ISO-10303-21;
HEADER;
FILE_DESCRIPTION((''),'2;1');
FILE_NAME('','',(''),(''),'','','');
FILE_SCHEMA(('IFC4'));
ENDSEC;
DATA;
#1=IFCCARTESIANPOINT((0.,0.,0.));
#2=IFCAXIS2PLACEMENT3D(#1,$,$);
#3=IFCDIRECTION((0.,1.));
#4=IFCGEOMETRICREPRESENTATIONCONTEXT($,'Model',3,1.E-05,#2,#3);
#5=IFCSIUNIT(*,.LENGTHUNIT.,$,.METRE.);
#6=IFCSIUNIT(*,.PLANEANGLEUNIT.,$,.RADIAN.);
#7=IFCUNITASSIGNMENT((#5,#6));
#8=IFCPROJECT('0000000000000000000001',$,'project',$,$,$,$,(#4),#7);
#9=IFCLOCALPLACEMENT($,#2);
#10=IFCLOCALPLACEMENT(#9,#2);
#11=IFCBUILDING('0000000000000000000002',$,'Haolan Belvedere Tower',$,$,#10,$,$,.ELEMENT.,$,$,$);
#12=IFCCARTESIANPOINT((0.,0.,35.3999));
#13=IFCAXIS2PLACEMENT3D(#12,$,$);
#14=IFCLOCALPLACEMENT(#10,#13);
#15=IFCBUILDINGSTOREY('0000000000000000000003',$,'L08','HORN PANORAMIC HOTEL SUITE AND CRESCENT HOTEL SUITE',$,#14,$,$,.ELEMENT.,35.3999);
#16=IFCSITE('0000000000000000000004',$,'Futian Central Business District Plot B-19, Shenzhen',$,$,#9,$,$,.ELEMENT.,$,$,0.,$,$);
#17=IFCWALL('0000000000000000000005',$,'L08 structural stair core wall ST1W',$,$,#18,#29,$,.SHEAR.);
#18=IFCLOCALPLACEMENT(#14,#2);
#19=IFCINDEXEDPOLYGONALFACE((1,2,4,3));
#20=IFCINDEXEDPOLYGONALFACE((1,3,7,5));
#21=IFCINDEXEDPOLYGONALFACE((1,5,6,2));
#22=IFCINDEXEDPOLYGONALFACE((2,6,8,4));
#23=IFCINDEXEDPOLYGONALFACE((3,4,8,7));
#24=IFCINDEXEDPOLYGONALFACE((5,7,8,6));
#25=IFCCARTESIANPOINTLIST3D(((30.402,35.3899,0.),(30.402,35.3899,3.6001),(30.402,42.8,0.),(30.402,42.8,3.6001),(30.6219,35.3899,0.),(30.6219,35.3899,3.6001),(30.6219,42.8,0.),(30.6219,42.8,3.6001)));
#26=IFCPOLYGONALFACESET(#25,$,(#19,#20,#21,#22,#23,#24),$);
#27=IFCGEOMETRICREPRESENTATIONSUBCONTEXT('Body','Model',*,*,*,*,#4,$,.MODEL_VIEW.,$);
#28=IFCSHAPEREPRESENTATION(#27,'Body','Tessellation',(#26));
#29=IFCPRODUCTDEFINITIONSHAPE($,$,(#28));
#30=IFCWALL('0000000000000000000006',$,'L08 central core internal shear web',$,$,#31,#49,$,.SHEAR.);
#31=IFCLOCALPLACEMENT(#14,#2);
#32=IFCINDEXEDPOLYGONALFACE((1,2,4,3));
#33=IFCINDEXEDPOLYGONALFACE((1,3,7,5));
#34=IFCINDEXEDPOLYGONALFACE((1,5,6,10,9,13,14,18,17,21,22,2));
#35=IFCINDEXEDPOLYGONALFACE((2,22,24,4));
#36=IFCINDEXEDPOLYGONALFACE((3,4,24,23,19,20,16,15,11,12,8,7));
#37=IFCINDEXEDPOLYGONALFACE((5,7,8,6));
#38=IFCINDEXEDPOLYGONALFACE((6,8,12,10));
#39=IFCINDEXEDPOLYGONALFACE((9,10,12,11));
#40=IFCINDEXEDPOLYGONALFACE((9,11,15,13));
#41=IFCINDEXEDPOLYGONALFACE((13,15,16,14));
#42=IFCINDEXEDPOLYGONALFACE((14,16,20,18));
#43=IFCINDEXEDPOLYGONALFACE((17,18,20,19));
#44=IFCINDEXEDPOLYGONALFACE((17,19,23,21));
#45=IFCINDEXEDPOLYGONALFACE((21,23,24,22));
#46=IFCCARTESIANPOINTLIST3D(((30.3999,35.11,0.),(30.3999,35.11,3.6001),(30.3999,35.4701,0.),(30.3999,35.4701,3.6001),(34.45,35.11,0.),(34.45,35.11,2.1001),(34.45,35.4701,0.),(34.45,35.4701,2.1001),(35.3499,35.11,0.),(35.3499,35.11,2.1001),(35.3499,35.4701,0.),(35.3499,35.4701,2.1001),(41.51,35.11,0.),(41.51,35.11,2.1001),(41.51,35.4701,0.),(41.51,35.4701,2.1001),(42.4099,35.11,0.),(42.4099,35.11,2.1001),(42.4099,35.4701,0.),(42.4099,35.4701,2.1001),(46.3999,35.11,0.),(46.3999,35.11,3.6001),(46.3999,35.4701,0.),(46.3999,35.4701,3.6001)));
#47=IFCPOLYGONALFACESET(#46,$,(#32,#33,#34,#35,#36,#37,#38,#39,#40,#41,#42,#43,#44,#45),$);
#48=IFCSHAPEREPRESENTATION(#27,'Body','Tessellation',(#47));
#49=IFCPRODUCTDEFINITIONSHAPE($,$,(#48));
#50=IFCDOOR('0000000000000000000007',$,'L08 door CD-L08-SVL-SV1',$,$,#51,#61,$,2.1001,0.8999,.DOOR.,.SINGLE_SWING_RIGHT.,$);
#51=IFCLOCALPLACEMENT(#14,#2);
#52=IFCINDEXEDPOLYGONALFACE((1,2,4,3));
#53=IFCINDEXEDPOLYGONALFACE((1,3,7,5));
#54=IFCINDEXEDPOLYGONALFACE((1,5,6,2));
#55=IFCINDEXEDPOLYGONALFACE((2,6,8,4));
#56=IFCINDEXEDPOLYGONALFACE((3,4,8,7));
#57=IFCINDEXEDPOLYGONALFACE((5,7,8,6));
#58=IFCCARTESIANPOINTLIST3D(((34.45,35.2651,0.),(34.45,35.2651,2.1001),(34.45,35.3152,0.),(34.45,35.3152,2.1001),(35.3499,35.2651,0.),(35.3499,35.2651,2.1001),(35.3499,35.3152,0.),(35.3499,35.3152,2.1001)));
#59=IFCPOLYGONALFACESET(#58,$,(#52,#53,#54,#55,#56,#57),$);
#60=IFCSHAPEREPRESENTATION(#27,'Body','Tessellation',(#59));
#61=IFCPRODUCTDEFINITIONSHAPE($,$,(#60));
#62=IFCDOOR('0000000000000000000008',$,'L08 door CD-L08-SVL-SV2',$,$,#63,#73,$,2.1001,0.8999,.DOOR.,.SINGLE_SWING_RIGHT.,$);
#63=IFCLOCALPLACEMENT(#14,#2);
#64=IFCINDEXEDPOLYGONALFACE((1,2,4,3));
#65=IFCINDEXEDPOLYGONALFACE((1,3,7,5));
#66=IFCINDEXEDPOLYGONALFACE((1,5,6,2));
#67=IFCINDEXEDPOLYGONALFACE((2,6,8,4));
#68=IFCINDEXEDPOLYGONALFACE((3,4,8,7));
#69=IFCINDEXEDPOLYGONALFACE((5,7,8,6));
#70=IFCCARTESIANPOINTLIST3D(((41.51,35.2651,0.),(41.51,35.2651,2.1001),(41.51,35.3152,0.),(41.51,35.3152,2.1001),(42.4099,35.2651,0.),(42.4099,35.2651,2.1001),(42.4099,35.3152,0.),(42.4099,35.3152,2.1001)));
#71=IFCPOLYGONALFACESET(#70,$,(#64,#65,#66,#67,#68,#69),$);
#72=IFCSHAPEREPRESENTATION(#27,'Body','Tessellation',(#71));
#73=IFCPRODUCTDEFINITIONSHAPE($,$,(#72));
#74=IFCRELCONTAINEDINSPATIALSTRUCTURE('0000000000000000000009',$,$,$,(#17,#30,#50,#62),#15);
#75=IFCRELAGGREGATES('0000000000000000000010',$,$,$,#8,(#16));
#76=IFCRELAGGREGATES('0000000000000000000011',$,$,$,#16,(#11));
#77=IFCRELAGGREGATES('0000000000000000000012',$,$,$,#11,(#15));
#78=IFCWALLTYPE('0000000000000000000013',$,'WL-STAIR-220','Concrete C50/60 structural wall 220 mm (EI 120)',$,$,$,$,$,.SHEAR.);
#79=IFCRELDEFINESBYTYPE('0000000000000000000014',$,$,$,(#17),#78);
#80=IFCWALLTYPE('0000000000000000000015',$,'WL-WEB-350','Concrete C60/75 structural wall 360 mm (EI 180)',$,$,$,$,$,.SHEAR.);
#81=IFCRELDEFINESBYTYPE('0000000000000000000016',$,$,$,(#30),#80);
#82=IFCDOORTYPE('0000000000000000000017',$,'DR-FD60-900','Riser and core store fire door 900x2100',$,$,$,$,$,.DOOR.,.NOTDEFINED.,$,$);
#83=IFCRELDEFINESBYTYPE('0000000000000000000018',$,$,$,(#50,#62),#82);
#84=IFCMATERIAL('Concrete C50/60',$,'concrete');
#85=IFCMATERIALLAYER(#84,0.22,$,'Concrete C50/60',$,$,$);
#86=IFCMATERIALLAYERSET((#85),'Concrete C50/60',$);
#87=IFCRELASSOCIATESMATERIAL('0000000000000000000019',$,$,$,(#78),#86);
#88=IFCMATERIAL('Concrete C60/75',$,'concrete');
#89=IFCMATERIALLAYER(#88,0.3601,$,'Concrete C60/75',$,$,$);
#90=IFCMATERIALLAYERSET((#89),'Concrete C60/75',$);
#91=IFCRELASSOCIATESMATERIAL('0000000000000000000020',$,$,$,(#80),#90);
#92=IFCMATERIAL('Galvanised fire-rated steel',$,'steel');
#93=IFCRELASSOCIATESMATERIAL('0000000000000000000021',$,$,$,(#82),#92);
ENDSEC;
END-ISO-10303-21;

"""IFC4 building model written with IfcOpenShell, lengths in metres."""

from ifc_helpers import new_model, si_unit, direction, frame, frame_2d, origin, place, context, subcontext, project, spatial, rectangle, extrude, material, layer, layer_set, type_object, element, fill, save


model = new_model("IFC4")

# Units and contexts
model_context = context("Model", 3, precision=1e-05, world=origin(), true_north=direction((0.0, 1.0)))
body_context = subcontext(model_context, "Body", "Model", "MODEL_VIEW")
ifc_project = project(units=[si_unit("LENGTHUNIT", "METRE"), si_unit("PLANEANGLEUNIT", "RADIAN")], contexts=[model_context])

# Site, building, storey
site_placement = place(None, origin())
site = spatial("IfcSite", under=ifc_project, at=site_placement, Name="Futian Central Business District Plot B-19, Shenzhen", CompositionType="ELEMENT", RefElevation=0.0)
building_placement = place(site_placement, origin())
building = spatial("IfcBuilding", under=site, at=building_placement, Name="Haolan Belvedere Tower", CompositionType="ELEMENT")
storey_placement = place(building_placement, frame((0.0, 0.0, 35.3999)))
storey = spatial("IfcBuildingStorey", under=building, at=storey_placement, Name="L08", Description="HORN PANORAMIC HOTEL SUITE AND CRESCENT HOTEL SUITE", CompositionType="ELEMENT", Elevation=35.3999)

# Shared definitions
ifc_material_1 = material(Name="Concrete C60/75", Category="concrete")

# Wall
ifc_material_2 = material(Name="Concrete C50/60", Category="concrete")
ifc_layer_1 = layer(ifc_material_2, 0.22, Name="Concrete C50/60")
ifc_layer_set_1 = layer_set([ifc_layer_1], Name="Concrete C50/60")
wall_type_1 = type_object("IfcWallType", Name="WL-STAIR-220", Description="Concrete C50/60 structural wall 220 mm (EI 120)", PredefinedType="SHEAR", material=ifc_layer_set_1)
wall_1_placement = place(storey_placement, frame((30.512, 35.3899, 0.0), z_axis=(0.0, 0.0, 1.0), x_axis=(0.0, 1.0, 0.0)))
element("IfcWall", 1, at=wall_1_placement, inside=storey, type_object=wall_type_1, Name="L08 structural stair core wall ST1W", PredefinedType="SHEAR", context=body_context, shape_type="SweptSolid", body=[
    extrude(rectangle(XDim=7.4102, YDim=0.22, at=frame_2d((3.7051, 0.0))), origin(), (0.0, 0.0, 1.0), 3.6001),
])

# Wall, openings, doors
ifc_layer_2 = layer(ifc_material_1, 0.3601, Name="Concrete C60/75")
ifc_layer_set_2 = layer_set([ifc_layer_2], Name="Concrete C60/75")
wall_type_2 = type_object("IfcWallType", Name="WL-WEB-350", Description="Concrete C60/75 structural wall 360 mm (EI 180)", PredefinedType="SHEAR", material=ifc_layer_set_2)
wall_2_placement = place(storey_placement, frame((30.3999, 35.29, 0.0), z_axis=(0.0, 0.0, 1.0), x_axis=(1.0, 0.0, 0.0)))
wall_2 = element("IfcWall", 2, at=wall_2_placement, inside=storey, type_object=wall_type_2, Name="L08 central core internal shear web", PredefinedType="SHEAR", context=body_context, shape_type="SweptSolid", body=[
    extrude(rectangle(XDim=16.0, YDim=0.3601, at=frame_2d((8.0, 0.0))), origin(), (0.0, 0.0, 1.0), 3.6001),
])
opening_1_placement = place(wall_2_placement, frame((4.95, 0.0, 0.0), z_axis=(0.0, 0.0, 1.0), x_axis=(-1.0, 0.0, 0.0)))
opening_1 = element("IfcOpeningElement", 3, at=opening_1_placement, cuts=wall_2, PredefinedType="OPENING", context=body_context, shape_type="SweptSolid", body=[
    extrude(rectangle(XDim=0.8999, YDim=2.1001, at=frame_2d((0.45, 1.05))), frame((0.0, 0.1899, 0.0), z_axis=(0.0, -1.0, 0.0), x_axis=(1.0, 0.0, 0.0)), (0.0, 0.0, 1.0), 0.3801),
])
opening_2_placement = place(wall_2_placement, frame((12.01, 0.0, 0.0), z_axis=(0.0, 0.0, 1.0), x_axis=(-1.0, 0.0, 0.0)))
opening_2 = element("IfcOpeningElement", 4, at=opening_2_placement, cuts=wall_2, PredefinedType="OPENING", context=body_context, shape_type="SweptSolid", body=[
    extrude(rectangle(XDim=0.8999, YDim=2.1001, at=frame_2d((0.45, 1.05))), frame((0.0, 0.1899, 0.0), z_axis=(0.0, -1.0, 0.0), x_axis=(1.0, 0.0, 0.0)), (0.0, 0.0, 1.0), 0.3801),
])
ifc_material_3 = material(Name="Galvanised fire-rated steel", Category="steel")
door_type_1 = type_object("IfcDoorType", Name="DR-FD60-900", Description="Riser and core store fire door 900x2100", OperationType="NOTDEFINED", PredefinedType="DOOR", material=ifc_material_3)
door_1_placement = place(opening_1_placement, origin())
door_1 = element("IfcDoor", 5, at=door_1_placement, inside=storey, type_object=door_type_1, Name="L08 door CD-L08-SVL-SV1", OperationType="SINGLE_SWING_RIGHT", OverallHeight=2.1001, OverallWidth=0.8999, PredefinedType="DOOR", context=body_context, shape_type="SweptSolid", body=[
    extrude(rectangle(XDim=0.8999, YDim=2.1001, at=frame_2d((0.45, 1.05))), frame((0.0, 0.0249, 0.0), z_axis=(0.0, -1.0, 0.0), x_axis=(1.0, 0.0, 0.0)), (0.0, 0.0, 1.0), 0.05),
])
fill(opening_1, door_1)
door_2_placement = place(opening_2_placement, origin())
door_2 = element("IfcDoor", 6, at=door_2_placement, inside=storey, type_object=door_type_1, Name="L08 door CD-L08-SVL-SV2", OperationType="SINGLE_SWING_RIGHT", OverallHeight=2.1001, OverallWidth=0.8999, PredefinedType="DOOR", context=body_context, shape_type="SweptSolid", body=[
    extrude(rectangle(XDim=0.8999, YDim=2.1001, at=frame_2d((0.45, 1.05))), frame((0.0, 0.0249, 0.0), z_axis=(0.0, -1.0, 0.0), x_axis=(1.0, 0.0, 0.0)), (0.0, 0.0, 1.0), 0.05),
])
fill(opening_2, door_2)

save(model, "model.ifc")
